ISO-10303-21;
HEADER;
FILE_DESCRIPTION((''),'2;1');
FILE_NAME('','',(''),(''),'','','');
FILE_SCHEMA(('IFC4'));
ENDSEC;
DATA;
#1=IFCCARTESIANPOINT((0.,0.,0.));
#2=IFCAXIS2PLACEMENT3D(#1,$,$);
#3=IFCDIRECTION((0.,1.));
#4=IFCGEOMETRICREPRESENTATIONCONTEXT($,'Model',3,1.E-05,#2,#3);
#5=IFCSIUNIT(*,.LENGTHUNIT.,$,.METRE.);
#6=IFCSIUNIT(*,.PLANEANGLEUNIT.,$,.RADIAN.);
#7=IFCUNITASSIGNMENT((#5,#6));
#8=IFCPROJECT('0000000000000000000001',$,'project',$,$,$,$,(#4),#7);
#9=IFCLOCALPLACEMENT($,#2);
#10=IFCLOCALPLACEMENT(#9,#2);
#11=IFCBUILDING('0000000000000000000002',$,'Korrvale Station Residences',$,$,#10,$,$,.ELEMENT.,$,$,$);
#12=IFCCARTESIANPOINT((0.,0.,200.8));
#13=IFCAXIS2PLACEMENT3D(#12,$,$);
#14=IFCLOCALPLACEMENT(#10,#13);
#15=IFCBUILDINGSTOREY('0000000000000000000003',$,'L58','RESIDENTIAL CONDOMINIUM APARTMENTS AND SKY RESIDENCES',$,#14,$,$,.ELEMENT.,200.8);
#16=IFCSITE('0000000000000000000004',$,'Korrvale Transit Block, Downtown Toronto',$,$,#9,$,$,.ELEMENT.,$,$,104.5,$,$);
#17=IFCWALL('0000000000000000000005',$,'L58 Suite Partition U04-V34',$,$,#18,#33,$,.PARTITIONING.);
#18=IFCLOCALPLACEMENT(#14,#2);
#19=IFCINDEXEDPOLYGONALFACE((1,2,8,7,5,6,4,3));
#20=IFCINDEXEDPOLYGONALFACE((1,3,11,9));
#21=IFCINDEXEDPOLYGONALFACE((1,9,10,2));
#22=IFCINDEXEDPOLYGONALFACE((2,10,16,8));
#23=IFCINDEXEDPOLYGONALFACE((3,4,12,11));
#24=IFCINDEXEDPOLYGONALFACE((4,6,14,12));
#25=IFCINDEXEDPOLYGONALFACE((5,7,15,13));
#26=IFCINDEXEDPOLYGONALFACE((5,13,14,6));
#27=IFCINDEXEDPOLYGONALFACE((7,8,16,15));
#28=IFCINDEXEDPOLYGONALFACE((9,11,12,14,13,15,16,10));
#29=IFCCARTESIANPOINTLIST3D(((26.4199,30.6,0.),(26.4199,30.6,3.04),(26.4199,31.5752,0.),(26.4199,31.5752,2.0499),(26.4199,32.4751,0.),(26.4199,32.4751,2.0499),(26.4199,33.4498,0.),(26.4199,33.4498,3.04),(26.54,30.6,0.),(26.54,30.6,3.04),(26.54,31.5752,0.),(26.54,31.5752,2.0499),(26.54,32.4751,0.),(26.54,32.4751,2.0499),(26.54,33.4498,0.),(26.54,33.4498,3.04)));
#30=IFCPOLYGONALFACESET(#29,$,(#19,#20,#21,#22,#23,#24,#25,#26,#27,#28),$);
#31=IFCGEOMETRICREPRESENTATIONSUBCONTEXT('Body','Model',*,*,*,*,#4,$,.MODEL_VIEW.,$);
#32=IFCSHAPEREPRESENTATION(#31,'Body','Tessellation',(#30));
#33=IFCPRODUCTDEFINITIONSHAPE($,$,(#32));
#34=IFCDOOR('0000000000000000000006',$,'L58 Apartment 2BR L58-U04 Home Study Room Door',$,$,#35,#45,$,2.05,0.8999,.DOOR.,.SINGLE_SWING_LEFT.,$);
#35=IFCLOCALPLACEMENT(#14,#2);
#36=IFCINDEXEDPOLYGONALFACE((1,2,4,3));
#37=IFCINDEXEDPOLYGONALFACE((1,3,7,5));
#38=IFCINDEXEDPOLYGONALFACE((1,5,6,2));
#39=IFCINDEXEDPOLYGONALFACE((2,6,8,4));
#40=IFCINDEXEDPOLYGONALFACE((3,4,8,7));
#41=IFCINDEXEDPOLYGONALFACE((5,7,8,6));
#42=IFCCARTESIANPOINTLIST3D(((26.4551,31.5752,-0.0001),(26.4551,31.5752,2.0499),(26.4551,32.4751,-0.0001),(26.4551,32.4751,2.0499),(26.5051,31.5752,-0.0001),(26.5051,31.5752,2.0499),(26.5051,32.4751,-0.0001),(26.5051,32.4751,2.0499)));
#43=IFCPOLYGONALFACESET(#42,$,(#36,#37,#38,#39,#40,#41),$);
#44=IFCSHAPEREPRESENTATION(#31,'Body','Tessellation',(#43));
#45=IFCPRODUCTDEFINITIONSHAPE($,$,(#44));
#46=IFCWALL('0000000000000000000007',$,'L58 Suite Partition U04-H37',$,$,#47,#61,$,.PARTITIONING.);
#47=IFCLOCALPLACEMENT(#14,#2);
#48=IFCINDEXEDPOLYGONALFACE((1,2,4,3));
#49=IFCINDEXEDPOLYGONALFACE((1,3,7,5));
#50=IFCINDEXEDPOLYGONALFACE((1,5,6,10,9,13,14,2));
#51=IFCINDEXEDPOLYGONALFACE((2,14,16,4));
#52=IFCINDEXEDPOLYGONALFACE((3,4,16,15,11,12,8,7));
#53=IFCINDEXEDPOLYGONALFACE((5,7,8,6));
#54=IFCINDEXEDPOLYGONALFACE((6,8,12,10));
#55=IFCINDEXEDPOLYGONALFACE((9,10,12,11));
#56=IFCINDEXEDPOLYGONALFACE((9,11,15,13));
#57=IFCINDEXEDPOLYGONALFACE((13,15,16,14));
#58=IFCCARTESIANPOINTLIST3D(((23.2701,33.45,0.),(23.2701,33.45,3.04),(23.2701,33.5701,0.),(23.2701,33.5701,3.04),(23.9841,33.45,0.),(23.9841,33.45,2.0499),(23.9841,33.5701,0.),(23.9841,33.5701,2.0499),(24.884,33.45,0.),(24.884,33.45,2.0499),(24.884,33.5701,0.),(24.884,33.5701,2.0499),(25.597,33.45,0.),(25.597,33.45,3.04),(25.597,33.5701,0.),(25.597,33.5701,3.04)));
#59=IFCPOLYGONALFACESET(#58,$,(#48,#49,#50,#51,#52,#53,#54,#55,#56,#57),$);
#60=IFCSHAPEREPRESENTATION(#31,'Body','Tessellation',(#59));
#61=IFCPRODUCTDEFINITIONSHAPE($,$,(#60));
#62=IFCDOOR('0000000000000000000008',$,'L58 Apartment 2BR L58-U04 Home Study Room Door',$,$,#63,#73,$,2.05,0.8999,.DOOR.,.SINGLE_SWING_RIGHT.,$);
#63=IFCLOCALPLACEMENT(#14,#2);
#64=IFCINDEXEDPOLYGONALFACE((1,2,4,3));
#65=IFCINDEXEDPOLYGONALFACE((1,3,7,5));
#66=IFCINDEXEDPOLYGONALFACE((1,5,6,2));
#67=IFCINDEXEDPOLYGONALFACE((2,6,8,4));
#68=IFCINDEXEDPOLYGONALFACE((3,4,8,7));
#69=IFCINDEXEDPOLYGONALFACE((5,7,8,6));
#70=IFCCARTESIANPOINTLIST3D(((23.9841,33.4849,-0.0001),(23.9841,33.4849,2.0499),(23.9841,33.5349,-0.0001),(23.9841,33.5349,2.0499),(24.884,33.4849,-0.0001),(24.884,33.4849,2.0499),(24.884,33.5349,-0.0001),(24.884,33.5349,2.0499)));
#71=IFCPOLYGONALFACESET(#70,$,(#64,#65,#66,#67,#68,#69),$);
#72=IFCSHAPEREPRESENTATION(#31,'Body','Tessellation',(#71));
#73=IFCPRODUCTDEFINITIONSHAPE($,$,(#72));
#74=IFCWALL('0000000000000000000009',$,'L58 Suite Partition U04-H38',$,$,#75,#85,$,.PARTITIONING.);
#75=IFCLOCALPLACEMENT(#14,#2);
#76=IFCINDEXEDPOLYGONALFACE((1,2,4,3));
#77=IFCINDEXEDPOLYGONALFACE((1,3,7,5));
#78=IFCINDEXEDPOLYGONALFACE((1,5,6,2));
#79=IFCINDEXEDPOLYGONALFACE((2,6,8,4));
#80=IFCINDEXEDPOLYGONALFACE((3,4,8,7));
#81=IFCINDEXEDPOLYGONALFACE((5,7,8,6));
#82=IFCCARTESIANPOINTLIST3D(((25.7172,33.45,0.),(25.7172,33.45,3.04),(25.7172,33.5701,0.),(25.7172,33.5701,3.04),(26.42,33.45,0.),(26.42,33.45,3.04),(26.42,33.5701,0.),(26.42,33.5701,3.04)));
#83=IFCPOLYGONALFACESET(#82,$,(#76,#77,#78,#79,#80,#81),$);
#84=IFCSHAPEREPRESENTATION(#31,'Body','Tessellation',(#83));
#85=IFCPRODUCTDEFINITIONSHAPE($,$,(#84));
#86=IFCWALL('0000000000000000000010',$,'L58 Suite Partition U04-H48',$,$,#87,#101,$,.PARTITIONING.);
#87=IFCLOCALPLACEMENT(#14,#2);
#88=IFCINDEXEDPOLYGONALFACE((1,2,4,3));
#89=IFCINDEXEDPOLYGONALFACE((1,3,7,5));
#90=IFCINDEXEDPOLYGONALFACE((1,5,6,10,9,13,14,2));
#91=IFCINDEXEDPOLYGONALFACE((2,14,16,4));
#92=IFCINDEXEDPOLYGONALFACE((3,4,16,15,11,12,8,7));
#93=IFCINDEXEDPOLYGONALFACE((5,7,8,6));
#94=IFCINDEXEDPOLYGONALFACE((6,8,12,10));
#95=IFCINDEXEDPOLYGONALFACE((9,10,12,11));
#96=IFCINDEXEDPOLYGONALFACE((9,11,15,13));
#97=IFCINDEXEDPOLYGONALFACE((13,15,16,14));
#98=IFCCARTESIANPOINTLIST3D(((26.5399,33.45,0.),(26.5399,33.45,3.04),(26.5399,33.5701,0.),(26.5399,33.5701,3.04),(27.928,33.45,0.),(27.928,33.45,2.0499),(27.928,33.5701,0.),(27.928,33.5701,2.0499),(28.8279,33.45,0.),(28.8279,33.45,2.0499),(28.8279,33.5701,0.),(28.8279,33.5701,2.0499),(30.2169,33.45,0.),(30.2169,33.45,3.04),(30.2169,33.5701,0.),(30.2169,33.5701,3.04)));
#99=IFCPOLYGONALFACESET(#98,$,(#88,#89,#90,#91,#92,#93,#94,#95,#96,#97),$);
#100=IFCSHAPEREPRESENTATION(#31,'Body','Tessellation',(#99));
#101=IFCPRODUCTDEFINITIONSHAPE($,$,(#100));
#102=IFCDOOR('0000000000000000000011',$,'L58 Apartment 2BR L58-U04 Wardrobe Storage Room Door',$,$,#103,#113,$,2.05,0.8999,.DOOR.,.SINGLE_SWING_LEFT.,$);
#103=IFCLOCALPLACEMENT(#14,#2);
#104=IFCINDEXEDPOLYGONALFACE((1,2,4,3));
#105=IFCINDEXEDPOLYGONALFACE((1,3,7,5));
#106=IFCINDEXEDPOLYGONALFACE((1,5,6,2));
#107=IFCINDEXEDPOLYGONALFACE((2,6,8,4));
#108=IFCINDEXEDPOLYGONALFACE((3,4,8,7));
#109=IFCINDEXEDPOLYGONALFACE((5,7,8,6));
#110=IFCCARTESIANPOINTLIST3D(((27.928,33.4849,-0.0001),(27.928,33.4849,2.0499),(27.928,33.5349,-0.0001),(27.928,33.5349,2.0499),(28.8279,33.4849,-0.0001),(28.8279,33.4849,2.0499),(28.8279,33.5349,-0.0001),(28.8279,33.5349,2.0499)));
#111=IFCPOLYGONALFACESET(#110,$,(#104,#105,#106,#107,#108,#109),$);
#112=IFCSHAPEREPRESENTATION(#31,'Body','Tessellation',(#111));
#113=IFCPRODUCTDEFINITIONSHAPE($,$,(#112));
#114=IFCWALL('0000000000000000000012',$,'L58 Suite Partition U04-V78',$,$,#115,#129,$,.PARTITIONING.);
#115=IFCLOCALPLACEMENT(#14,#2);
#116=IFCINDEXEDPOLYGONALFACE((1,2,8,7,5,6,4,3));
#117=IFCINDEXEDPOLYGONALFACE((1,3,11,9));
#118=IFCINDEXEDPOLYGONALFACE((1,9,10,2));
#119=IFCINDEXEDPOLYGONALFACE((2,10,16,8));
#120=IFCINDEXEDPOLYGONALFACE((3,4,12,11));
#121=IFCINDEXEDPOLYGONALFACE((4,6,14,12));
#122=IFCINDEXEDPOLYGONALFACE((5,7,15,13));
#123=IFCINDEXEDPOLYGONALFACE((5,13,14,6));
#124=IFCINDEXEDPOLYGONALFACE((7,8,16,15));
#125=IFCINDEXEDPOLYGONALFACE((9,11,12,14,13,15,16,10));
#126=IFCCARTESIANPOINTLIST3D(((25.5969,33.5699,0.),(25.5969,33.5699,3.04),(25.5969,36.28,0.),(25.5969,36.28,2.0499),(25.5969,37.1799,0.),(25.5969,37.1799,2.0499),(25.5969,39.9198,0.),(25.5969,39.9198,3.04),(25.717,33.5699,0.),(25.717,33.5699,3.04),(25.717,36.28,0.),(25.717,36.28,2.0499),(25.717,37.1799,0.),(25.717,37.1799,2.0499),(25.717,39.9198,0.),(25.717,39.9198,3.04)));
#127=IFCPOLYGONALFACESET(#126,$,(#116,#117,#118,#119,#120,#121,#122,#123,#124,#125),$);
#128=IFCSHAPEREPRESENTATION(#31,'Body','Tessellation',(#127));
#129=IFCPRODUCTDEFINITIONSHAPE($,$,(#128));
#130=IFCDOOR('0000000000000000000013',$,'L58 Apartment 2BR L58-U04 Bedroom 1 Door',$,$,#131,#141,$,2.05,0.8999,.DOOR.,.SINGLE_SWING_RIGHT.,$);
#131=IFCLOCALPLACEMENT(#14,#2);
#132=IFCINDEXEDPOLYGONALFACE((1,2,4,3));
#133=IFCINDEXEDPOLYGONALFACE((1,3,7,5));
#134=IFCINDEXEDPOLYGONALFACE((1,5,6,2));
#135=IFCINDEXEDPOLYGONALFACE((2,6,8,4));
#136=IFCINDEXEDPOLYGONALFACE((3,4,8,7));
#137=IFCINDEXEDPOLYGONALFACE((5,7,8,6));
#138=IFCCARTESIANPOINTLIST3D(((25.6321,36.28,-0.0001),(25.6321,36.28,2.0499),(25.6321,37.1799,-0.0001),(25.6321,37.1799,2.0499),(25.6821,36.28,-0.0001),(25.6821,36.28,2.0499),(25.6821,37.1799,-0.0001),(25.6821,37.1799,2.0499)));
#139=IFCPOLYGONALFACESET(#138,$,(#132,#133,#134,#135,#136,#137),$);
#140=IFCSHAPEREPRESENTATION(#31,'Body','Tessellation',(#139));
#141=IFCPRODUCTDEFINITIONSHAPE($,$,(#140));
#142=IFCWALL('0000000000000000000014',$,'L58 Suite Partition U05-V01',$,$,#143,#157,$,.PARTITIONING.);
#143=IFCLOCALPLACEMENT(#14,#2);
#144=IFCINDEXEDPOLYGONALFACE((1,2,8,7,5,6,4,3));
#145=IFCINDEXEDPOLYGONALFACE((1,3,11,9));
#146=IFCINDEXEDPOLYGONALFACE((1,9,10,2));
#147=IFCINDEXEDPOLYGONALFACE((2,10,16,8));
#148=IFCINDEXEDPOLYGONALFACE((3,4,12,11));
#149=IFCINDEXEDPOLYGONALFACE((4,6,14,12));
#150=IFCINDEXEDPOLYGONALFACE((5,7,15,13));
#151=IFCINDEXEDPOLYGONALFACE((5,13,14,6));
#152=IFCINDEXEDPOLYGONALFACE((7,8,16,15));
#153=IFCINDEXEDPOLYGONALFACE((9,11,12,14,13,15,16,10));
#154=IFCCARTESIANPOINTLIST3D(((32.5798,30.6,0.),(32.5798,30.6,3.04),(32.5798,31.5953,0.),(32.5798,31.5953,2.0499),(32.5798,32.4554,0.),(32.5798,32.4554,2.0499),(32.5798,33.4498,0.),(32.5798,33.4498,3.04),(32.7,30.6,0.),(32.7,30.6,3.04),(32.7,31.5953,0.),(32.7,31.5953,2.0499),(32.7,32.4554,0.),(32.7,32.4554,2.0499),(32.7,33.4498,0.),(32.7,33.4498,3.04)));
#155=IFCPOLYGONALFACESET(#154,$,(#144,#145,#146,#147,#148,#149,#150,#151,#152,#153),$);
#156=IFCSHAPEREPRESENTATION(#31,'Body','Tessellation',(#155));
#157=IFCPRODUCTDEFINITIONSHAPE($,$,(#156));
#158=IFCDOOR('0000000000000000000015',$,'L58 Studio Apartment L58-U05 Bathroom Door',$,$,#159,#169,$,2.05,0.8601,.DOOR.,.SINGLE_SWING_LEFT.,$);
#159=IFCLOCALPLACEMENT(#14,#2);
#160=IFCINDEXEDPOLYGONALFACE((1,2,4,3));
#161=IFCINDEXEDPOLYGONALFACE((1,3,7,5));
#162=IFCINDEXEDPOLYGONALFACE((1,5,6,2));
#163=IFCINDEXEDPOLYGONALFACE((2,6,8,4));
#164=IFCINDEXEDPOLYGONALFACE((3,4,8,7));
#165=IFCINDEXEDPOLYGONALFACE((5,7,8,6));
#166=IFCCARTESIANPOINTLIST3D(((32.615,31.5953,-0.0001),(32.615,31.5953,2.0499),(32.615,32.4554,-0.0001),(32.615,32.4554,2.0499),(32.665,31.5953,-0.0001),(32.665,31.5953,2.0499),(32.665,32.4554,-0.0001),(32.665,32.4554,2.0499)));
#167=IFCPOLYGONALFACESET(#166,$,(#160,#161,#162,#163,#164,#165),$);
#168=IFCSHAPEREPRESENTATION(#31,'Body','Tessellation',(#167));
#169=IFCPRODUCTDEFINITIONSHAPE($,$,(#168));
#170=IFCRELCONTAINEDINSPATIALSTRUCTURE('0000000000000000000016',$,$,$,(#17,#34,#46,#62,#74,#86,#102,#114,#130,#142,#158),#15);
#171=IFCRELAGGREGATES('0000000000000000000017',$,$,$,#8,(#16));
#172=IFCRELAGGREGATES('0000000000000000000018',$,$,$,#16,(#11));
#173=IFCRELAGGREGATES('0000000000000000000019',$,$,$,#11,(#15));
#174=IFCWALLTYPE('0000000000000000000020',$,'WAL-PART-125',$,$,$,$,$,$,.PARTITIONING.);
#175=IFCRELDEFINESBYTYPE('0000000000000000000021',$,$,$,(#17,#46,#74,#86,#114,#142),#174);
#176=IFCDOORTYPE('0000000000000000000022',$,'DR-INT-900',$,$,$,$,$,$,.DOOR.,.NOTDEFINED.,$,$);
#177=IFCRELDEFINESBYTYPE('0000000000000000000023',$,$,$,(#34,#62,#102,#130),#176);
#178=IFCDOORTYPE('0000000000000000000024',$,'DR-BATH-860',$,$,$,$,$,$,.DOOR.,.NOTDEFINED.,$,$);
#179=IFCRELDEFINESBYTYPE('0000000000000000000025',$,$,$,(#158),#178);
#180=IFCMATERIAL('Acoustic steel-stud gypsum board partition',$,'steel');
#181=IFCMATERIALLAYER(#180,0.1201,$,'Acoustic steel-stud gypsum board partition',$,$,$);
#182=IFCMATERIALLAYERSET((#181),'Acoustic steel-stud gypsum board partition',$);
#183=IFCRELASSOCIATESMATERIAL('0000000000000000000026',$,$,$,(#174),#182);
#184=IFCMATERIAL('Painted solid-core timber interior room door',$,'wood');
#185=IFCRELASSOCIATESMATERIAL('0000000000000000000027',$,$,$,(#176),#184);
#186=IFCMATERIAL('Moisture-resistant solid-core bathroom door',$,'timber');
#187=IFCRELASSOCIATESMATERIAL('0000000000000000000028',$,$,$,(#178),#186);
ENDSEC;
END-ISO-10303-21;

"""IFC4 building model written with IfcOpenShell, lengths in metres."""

from ifc_helpers import new_model, si_unit, direction, frame, frame_2d, origin, place, context, subcontext, project, spatial, rectangle, extrude, material, layer, layer_set, type_object, element, fill, save


model = new_model("IFC4")

# Units and contexts
model_context = context("Model", 3, precision=1e-05, world=origin(), true_north=direction((0.0, 1.0)))
body_context = subcontext(model_context, "Body", "Model", "MODEL_VIEW")
ifc_project = project(units=[si_unit("LENGTHUNIT", "METRE"), si_unit("PLANEANGLEUNIT", "RADIAN")], contexts=[model_context])

# Site, building, storey
site_placement = place(None, origin())
site = spatial("IfcSite", under=ifc_project, at=site_placement, Name="Korrvale Transit Block, Downtown Toronto", CompositionType="ELEMENT", RefElevation=104.5)
building_placement = place(site_placement, origin())
building = spatial("IfcBuilding", under=site, at=building_placement, Name="Korrvale Station Residences", CompositionType="ELEMENT")
storey_placement = place(building_placement, frame((0.0, 0.0, 200.8)))
storey = spatial("IfcBuildingStorey", under=building, at=storey_placement, Name="L58", Description="RESIDENTIAL CONDOMINIUM APARTMENTS AND SKY RESIDENCES", CompositionType="ELEMENT", Elevation=200.8)

# Walls, openings, doors
ifc_material_1 = material(Name="Acoustic steel-stud gypsum board partition", Category="steel")
ifc_layer_1 = layer(ifc_material_1, 0.1201, Name="Acoustic steel-stud gypsum board partition")
ifc_layer_set_1 = layer_set([ifc_layer_1], Name="Acoustic steel-stud gypsum board partition")
wall_type_1 = type_object("IfcWallType", Name="WAL-PART-125", PredefinedType="PARTITIONING", material=ifc_layer_set_1)
wall_1_placement = place(storey_placement, frame((26.48, 30.6001, 0.0), z_axis=(0.0, 0.0, 1.0), x_axis=(0.0, 1.0, 0.0)))
wall_1 = element("IfcWall", 1, at=wall_1_placement, inside=storey, type_object=wall_type_1, Name="L58 Suite Partition U04-V34", PredefinedType="PARTITIONING", context=body_context, shape_type="SweptSolid", body=[
    extrude(rectangle(XDim=2.8499, YDim=0.1201, at=frame_2d((1.4248, 0.0))), origin(), (0.0, 0.0, 1.0), 3.04),
])
opening_1_placement = place(wall_1_placement, frame((0.9751, 0.0, 0.0)))
opening_1 = element("IfcOpeningElement", 2, at=opening_1_placement, cuts=wall_1, PredefinedType="OPENING", context=body_context, shape_type="SweptSolid", body=[
    extrude(rectangle(XDim=0.8999, YDim=2.05, at=frame_2d((0.45, 1.0249))), frame((0.0, 0.0701, 0.0), z_axis=(0.0, -1.0, 0.0), x_axis=(1.0, 0.0, 0.0)), (0.0, 0.0, 1.0), 0.1401),
])
ifc_material_2 = material(Name="Painted solid-core timber interior room door", Category="wood")
door_type_1 = type_object("IfcDoorType", Name="DR-INT-900", OperationType="NOTDEFINED", PredefinedType="DOOR", material=ifc_material_2)
door_1_placement = place(opening_1_placement, origin())
door_1 = element("IfcDoor", 3, at=door_1_placement, inside=storey, type_object=door_type_1, Name="L58 Apartment 2BR L58-U04 Home Study Room Door", OperationType="SINGLE_SWING_LEFT", OverallHeight=2.05, OverallWidth=0.8999, PredefinedType="DOOR", context=body_context, shape_type="SweptSolid", body=[
    extrude(rectangle(XDim=0.8999, YDim=2.05, at=frame_2d((0.45, 1.0249))), frame((0.0, 0.0249, 0.0), z_axis=(0.0, -1.0, 0.0), x_axis=(1.0, 0.0, 0.0)), (0.0, 0.0, 1.0), 0.05),
])
fill(opening_1, door_1)
wall_2_placement = place(storey_placement, frame((23.27, 33.51, 0.0), z_axis=(0.0, 0.0, 1.0), x_axis=(1.0, 0.0, 0.0)))
wall_2 = element("IfcWall", 4, at=wall_2_placement, inside=storey, type_object=wall_type_1, Name="L58 Suite Partition U04-H37", PredefinedType="PARTITIONING", context=body_context, shape_type="SweptSolid", body=[
    extrude(rectangle(XDim=2.3269, YDim=0.1201, at=frame_2d((1.1636, 0.0))), origin(), (0.0, 0.0, 1.0), 3.04),
])
opening_2_placement = place(wall_2_placement, frame((0.7141, 0.0, 0.0)))
opening_2 = element("IfcOpeningElement", 5, at=opening_2_placement, cuts=wall_2, PredefinedType="OPENING", context=body_context, shape_type="SweptSolid", body=[
    extrude(rectangle(XDim=0.8999, YDim=2.05, at=frame_2d((0.45, 1.0249))), frame((0.0, 0.0701, 0.0), z_axis=(0.0, -1.0, 0.0), x_axis=(1.0, 0.0, 0.0)), (0.0, 0.0, 1.0), 0.1401),
])
door_2_placement = place(opening_2_placement, origin())
door_2 = element("IfcDoor", 6, at=door_2_placement, inside=storey, type_object=door_type_1, Name="L58 Apartment 2BR L58-U04 Home Study Room Door", OperationType="SINGLE_SWING_RIGHT", OverallHeight=2.05, OverallWidth=0.8999, PredefinedType="DOOR", context=body_context, shape_type="SweptSolid", body=[
    extrude(rectangle(XDim=0.8999, YDim=2.05, at=frame_2d((0.45, 1.0249))), frame((0.0, 0.0249, 0.0), z_axis=(0.0, -1.0, 0.0), x_axis=(1.0, 0.0, 0.0)), (0.0, 0.0, 1.0), 0.05),
])
fill(opening_2, door_2)

# Wall
wall_3_placement = place(storey_placement, frame((25.717, 33.51, 0.0), z_axis=(0.0, 0.0, 1.0), x_axis=(1.0, 0.0, 0.0)))
element("IfcWall", 7, at=wall_3_placement, inside=storey, type_object=wall_type_1, Name="L58 Suite Partition U04-H38", PredefinedType="PARTITIONING", context=body_context, shape_type="SweptSolid", body=[
    extrude(rectangle(XDim=0.7029, YDim=0.1201, at=frame_2d((0.3516, 0.0))), origin(), (0.0, 0.0, 1.0), 3.04),
])

# Walls, openings, doors
wall_4_placement = place(storey_placement, frame((26.54, 33.51, 0.0), z_axis=(0.0, 0.0, 1.0), x_axis=(1.0, 0.0, 0.0)))
wall_4 = element("IfcWall", 8, at=wall_4_placement, inside=storey, type_object=wall_type_1, Name="L58 Suite Partition U04-H48", PredefinedType="PARTITIONING", context=body_context, shape_type="SweptSolid", body=[
    extrude(rectangle(XDim=3.677, YDim=0.1201, at=frame_2d((1.8384, 0.0))), origin(), (0.0, 0.0, 1.0), 3.04),
])
opening_3_placement = place(wall_4_placement, frame((1.3879, 0.0, 0.0)))
opening_3 = element("IfcOpeningElement", 9, at=opening_3_placement, cuts=wall_4, PredefinedType="OPENING", context=body_context, shape_type="SweptSolid", body=[
    extrude(rectangle(XDim=0.8999, YDim=2.05, at=frame_2d((0.45, 1.0249))), frame((0.0, 0.0701, 0.0), z_axis=(0.0, -1.0, 0.0), x_axis=(1.0, 0.0, 0.0)), (0.0, 0.0, 1.0), 0.1401),
])
door_3_placement = place(opening_3_placement, origin())
door_3 = element("IfcDoor", 10, at=door_3_placement, inside=storey, type_object=door_type_1, Name="L58 Apartment 2BR L58-U04 Wardrobe Storage Room Door", OperationType="SINGLE_SWING_LEFT", OverallHeight=2.05, OverallWidth=0.8999, PredefinedType="DOOR", context=body_context, shape_type="SweptSolid", body=[
    extrude(rectangle(XDim=0.8999, YDim=2.05, at=frame_2d((0.45, 1.0249))), frame((0.0, 0.0249, 0.0), z_axis=(0.0, -1.0, 0.0), x_axis=(1.0, 0.0, 0.0)), (0.0, 0.0, 1.0), 0.05),
])
fill(opening_3, door_3)
wall_5_placement = place(storey_placement, frame((25.657, 33.5701, 0.0), z_axis=(0.0, 0.0, 1.0), x_axis=(0.0, 1.0, 0.0)))
wall_5 = element("IfcWall", 11, at=wall_5_placement, inside=storey, type_object=wall_type_1, Name="L58 Suite Partition U04-V78", PredefinedType="PARTITIONING", context=body_context, shape_type="SweptSolid", body=[
    extrude(rectangle(XDim=6.3499, YDim=0.1201, at=frame_2d((3.1748, 0.0))), origin(), (0.0, 0.0, 1.0), 3.04),
])
opening_4_placement = place(wall_5_placement, frame((2.71, 0.0, 0.0)))
opening_4 = element("IfcOpeningElement", 12, at=opening_4_placement, cuts=wall_5, PredefinedType="OPENING", context=body_context, shape_type="SweptSolid", body=[
    extrude(rectangle(XDim=0.8999, YDim=2.05, at=frame_2d((0.45, 1.0249))), frame((0.0, 0.0701, 0.0), z_axis=(0.0, -1.0, 0.0), x_axis=(1.0, 0.0, 0.0)), (0.0, 0.0, 1.0), 0.1401),
])
door_4_placement = place(opening_4_placement, origin())
door_4 = element("IfcDoor", 13, at=door_4_placement, inside=storey, type_object=door_type_1, Name="L58 Apartment 2BR L58-U04 Bedroom 1 Door", OperationType="SINGLE_SWING_RIGHT", OverallHeight=2.05, OverallWidth=0.8999, PredefinedType="DOOR", context=body_context, shape_type="SweptSolid", body=[
    extrude(rectangle(XDim=0.8999, YDim=2.05, at=frame_2d((0.45, 1.0249))), frame((0.0, 0.0249, 0.0), z_axis=(0.0, -1.0, 0.0), x_axis=(1.0, 0.0, 0.0)), (0.0, 0.0, 1.0), 0.05),
])
fill(opening_4, door_4)
wall_6_placement = place(storey_placement, frame((32.6399, 30.6001, 0.0), z_axis=(0.0, 0.0, 1.0), x_axis=(0.0, 1.0, 0.0)))
wall_6 = element("IfcWall", 14, at=wall_6_placement, inside=storey, type_object=wall_type_1, Name="L58 Suite Partition U05-V01", PredefinedType="PARTITIONING", context=body_context, shape_type="SweptSolid", body=[
    extrude(rectangle(XDim=2.8499, YDim=0.1201, at=frame_2d((1.4248, 0.0))), origin(), (0.0, 0.0, 1.0), 3.04),
])
opening_5_placement = place(wall_6_placement, frame((0.9951, 0.0, 0.0)))
opening_5 = element("IfcOpeningElement", 15, at=opening_5_placement, cuts=wall_6, PredefinedType="OPENING", context=body_context, shape_type="SweptSolid", body=[
    extrude(rectangle(XDim=0.8601, YDim=2.05, at=frame_2d((0.4302, 1.0249))), frame((0.0, 0.0701, 0.0), z_axis=(0.0, -1.0, 0.0), x_axis=(1.0, 0.0, 0.0)), (0.0, 0.0, 1.0), 0.1401),
])
ifc_material_3 = material(Name="Moisture-resistant solid-core bathroom door", Category="timber")
door_type_2 = type_object("IfcDoorType", Name="DR-BATH-860", OperationType="NOTDEFINED", PredefinedType="DOOR", material=ifc_material_3)
door_5_placement = place(opening_5_placement, origin())
door_5 = element("IfcDoor", 16, at=door_5_placement, inside=storey, type_object=door_type_2, Name="L58 Studio Apartment L58-U05 Bathroom Door", OperationType="SINGLE_SWING_LEFT", OverallHeight=2.05, OverallWidth=0.8601, PredefinedType="DOOR", context=body_context, shape_type="SweptSolid", body=[
    extrude(rectangle(XDim=0.8601, YDim=2.05, at=frame_2d((0.4302, 1.0249))), frame((0.0, 0.0249, 0.0), z_axis=(0.0, -1.0, 0.0), x_axis=(1.0, 0.0, 0.0)), (0.0, 0.0, 1.0), 0.05),
])
fill(opening_5, door_5)

save(model, "model.ifc")
